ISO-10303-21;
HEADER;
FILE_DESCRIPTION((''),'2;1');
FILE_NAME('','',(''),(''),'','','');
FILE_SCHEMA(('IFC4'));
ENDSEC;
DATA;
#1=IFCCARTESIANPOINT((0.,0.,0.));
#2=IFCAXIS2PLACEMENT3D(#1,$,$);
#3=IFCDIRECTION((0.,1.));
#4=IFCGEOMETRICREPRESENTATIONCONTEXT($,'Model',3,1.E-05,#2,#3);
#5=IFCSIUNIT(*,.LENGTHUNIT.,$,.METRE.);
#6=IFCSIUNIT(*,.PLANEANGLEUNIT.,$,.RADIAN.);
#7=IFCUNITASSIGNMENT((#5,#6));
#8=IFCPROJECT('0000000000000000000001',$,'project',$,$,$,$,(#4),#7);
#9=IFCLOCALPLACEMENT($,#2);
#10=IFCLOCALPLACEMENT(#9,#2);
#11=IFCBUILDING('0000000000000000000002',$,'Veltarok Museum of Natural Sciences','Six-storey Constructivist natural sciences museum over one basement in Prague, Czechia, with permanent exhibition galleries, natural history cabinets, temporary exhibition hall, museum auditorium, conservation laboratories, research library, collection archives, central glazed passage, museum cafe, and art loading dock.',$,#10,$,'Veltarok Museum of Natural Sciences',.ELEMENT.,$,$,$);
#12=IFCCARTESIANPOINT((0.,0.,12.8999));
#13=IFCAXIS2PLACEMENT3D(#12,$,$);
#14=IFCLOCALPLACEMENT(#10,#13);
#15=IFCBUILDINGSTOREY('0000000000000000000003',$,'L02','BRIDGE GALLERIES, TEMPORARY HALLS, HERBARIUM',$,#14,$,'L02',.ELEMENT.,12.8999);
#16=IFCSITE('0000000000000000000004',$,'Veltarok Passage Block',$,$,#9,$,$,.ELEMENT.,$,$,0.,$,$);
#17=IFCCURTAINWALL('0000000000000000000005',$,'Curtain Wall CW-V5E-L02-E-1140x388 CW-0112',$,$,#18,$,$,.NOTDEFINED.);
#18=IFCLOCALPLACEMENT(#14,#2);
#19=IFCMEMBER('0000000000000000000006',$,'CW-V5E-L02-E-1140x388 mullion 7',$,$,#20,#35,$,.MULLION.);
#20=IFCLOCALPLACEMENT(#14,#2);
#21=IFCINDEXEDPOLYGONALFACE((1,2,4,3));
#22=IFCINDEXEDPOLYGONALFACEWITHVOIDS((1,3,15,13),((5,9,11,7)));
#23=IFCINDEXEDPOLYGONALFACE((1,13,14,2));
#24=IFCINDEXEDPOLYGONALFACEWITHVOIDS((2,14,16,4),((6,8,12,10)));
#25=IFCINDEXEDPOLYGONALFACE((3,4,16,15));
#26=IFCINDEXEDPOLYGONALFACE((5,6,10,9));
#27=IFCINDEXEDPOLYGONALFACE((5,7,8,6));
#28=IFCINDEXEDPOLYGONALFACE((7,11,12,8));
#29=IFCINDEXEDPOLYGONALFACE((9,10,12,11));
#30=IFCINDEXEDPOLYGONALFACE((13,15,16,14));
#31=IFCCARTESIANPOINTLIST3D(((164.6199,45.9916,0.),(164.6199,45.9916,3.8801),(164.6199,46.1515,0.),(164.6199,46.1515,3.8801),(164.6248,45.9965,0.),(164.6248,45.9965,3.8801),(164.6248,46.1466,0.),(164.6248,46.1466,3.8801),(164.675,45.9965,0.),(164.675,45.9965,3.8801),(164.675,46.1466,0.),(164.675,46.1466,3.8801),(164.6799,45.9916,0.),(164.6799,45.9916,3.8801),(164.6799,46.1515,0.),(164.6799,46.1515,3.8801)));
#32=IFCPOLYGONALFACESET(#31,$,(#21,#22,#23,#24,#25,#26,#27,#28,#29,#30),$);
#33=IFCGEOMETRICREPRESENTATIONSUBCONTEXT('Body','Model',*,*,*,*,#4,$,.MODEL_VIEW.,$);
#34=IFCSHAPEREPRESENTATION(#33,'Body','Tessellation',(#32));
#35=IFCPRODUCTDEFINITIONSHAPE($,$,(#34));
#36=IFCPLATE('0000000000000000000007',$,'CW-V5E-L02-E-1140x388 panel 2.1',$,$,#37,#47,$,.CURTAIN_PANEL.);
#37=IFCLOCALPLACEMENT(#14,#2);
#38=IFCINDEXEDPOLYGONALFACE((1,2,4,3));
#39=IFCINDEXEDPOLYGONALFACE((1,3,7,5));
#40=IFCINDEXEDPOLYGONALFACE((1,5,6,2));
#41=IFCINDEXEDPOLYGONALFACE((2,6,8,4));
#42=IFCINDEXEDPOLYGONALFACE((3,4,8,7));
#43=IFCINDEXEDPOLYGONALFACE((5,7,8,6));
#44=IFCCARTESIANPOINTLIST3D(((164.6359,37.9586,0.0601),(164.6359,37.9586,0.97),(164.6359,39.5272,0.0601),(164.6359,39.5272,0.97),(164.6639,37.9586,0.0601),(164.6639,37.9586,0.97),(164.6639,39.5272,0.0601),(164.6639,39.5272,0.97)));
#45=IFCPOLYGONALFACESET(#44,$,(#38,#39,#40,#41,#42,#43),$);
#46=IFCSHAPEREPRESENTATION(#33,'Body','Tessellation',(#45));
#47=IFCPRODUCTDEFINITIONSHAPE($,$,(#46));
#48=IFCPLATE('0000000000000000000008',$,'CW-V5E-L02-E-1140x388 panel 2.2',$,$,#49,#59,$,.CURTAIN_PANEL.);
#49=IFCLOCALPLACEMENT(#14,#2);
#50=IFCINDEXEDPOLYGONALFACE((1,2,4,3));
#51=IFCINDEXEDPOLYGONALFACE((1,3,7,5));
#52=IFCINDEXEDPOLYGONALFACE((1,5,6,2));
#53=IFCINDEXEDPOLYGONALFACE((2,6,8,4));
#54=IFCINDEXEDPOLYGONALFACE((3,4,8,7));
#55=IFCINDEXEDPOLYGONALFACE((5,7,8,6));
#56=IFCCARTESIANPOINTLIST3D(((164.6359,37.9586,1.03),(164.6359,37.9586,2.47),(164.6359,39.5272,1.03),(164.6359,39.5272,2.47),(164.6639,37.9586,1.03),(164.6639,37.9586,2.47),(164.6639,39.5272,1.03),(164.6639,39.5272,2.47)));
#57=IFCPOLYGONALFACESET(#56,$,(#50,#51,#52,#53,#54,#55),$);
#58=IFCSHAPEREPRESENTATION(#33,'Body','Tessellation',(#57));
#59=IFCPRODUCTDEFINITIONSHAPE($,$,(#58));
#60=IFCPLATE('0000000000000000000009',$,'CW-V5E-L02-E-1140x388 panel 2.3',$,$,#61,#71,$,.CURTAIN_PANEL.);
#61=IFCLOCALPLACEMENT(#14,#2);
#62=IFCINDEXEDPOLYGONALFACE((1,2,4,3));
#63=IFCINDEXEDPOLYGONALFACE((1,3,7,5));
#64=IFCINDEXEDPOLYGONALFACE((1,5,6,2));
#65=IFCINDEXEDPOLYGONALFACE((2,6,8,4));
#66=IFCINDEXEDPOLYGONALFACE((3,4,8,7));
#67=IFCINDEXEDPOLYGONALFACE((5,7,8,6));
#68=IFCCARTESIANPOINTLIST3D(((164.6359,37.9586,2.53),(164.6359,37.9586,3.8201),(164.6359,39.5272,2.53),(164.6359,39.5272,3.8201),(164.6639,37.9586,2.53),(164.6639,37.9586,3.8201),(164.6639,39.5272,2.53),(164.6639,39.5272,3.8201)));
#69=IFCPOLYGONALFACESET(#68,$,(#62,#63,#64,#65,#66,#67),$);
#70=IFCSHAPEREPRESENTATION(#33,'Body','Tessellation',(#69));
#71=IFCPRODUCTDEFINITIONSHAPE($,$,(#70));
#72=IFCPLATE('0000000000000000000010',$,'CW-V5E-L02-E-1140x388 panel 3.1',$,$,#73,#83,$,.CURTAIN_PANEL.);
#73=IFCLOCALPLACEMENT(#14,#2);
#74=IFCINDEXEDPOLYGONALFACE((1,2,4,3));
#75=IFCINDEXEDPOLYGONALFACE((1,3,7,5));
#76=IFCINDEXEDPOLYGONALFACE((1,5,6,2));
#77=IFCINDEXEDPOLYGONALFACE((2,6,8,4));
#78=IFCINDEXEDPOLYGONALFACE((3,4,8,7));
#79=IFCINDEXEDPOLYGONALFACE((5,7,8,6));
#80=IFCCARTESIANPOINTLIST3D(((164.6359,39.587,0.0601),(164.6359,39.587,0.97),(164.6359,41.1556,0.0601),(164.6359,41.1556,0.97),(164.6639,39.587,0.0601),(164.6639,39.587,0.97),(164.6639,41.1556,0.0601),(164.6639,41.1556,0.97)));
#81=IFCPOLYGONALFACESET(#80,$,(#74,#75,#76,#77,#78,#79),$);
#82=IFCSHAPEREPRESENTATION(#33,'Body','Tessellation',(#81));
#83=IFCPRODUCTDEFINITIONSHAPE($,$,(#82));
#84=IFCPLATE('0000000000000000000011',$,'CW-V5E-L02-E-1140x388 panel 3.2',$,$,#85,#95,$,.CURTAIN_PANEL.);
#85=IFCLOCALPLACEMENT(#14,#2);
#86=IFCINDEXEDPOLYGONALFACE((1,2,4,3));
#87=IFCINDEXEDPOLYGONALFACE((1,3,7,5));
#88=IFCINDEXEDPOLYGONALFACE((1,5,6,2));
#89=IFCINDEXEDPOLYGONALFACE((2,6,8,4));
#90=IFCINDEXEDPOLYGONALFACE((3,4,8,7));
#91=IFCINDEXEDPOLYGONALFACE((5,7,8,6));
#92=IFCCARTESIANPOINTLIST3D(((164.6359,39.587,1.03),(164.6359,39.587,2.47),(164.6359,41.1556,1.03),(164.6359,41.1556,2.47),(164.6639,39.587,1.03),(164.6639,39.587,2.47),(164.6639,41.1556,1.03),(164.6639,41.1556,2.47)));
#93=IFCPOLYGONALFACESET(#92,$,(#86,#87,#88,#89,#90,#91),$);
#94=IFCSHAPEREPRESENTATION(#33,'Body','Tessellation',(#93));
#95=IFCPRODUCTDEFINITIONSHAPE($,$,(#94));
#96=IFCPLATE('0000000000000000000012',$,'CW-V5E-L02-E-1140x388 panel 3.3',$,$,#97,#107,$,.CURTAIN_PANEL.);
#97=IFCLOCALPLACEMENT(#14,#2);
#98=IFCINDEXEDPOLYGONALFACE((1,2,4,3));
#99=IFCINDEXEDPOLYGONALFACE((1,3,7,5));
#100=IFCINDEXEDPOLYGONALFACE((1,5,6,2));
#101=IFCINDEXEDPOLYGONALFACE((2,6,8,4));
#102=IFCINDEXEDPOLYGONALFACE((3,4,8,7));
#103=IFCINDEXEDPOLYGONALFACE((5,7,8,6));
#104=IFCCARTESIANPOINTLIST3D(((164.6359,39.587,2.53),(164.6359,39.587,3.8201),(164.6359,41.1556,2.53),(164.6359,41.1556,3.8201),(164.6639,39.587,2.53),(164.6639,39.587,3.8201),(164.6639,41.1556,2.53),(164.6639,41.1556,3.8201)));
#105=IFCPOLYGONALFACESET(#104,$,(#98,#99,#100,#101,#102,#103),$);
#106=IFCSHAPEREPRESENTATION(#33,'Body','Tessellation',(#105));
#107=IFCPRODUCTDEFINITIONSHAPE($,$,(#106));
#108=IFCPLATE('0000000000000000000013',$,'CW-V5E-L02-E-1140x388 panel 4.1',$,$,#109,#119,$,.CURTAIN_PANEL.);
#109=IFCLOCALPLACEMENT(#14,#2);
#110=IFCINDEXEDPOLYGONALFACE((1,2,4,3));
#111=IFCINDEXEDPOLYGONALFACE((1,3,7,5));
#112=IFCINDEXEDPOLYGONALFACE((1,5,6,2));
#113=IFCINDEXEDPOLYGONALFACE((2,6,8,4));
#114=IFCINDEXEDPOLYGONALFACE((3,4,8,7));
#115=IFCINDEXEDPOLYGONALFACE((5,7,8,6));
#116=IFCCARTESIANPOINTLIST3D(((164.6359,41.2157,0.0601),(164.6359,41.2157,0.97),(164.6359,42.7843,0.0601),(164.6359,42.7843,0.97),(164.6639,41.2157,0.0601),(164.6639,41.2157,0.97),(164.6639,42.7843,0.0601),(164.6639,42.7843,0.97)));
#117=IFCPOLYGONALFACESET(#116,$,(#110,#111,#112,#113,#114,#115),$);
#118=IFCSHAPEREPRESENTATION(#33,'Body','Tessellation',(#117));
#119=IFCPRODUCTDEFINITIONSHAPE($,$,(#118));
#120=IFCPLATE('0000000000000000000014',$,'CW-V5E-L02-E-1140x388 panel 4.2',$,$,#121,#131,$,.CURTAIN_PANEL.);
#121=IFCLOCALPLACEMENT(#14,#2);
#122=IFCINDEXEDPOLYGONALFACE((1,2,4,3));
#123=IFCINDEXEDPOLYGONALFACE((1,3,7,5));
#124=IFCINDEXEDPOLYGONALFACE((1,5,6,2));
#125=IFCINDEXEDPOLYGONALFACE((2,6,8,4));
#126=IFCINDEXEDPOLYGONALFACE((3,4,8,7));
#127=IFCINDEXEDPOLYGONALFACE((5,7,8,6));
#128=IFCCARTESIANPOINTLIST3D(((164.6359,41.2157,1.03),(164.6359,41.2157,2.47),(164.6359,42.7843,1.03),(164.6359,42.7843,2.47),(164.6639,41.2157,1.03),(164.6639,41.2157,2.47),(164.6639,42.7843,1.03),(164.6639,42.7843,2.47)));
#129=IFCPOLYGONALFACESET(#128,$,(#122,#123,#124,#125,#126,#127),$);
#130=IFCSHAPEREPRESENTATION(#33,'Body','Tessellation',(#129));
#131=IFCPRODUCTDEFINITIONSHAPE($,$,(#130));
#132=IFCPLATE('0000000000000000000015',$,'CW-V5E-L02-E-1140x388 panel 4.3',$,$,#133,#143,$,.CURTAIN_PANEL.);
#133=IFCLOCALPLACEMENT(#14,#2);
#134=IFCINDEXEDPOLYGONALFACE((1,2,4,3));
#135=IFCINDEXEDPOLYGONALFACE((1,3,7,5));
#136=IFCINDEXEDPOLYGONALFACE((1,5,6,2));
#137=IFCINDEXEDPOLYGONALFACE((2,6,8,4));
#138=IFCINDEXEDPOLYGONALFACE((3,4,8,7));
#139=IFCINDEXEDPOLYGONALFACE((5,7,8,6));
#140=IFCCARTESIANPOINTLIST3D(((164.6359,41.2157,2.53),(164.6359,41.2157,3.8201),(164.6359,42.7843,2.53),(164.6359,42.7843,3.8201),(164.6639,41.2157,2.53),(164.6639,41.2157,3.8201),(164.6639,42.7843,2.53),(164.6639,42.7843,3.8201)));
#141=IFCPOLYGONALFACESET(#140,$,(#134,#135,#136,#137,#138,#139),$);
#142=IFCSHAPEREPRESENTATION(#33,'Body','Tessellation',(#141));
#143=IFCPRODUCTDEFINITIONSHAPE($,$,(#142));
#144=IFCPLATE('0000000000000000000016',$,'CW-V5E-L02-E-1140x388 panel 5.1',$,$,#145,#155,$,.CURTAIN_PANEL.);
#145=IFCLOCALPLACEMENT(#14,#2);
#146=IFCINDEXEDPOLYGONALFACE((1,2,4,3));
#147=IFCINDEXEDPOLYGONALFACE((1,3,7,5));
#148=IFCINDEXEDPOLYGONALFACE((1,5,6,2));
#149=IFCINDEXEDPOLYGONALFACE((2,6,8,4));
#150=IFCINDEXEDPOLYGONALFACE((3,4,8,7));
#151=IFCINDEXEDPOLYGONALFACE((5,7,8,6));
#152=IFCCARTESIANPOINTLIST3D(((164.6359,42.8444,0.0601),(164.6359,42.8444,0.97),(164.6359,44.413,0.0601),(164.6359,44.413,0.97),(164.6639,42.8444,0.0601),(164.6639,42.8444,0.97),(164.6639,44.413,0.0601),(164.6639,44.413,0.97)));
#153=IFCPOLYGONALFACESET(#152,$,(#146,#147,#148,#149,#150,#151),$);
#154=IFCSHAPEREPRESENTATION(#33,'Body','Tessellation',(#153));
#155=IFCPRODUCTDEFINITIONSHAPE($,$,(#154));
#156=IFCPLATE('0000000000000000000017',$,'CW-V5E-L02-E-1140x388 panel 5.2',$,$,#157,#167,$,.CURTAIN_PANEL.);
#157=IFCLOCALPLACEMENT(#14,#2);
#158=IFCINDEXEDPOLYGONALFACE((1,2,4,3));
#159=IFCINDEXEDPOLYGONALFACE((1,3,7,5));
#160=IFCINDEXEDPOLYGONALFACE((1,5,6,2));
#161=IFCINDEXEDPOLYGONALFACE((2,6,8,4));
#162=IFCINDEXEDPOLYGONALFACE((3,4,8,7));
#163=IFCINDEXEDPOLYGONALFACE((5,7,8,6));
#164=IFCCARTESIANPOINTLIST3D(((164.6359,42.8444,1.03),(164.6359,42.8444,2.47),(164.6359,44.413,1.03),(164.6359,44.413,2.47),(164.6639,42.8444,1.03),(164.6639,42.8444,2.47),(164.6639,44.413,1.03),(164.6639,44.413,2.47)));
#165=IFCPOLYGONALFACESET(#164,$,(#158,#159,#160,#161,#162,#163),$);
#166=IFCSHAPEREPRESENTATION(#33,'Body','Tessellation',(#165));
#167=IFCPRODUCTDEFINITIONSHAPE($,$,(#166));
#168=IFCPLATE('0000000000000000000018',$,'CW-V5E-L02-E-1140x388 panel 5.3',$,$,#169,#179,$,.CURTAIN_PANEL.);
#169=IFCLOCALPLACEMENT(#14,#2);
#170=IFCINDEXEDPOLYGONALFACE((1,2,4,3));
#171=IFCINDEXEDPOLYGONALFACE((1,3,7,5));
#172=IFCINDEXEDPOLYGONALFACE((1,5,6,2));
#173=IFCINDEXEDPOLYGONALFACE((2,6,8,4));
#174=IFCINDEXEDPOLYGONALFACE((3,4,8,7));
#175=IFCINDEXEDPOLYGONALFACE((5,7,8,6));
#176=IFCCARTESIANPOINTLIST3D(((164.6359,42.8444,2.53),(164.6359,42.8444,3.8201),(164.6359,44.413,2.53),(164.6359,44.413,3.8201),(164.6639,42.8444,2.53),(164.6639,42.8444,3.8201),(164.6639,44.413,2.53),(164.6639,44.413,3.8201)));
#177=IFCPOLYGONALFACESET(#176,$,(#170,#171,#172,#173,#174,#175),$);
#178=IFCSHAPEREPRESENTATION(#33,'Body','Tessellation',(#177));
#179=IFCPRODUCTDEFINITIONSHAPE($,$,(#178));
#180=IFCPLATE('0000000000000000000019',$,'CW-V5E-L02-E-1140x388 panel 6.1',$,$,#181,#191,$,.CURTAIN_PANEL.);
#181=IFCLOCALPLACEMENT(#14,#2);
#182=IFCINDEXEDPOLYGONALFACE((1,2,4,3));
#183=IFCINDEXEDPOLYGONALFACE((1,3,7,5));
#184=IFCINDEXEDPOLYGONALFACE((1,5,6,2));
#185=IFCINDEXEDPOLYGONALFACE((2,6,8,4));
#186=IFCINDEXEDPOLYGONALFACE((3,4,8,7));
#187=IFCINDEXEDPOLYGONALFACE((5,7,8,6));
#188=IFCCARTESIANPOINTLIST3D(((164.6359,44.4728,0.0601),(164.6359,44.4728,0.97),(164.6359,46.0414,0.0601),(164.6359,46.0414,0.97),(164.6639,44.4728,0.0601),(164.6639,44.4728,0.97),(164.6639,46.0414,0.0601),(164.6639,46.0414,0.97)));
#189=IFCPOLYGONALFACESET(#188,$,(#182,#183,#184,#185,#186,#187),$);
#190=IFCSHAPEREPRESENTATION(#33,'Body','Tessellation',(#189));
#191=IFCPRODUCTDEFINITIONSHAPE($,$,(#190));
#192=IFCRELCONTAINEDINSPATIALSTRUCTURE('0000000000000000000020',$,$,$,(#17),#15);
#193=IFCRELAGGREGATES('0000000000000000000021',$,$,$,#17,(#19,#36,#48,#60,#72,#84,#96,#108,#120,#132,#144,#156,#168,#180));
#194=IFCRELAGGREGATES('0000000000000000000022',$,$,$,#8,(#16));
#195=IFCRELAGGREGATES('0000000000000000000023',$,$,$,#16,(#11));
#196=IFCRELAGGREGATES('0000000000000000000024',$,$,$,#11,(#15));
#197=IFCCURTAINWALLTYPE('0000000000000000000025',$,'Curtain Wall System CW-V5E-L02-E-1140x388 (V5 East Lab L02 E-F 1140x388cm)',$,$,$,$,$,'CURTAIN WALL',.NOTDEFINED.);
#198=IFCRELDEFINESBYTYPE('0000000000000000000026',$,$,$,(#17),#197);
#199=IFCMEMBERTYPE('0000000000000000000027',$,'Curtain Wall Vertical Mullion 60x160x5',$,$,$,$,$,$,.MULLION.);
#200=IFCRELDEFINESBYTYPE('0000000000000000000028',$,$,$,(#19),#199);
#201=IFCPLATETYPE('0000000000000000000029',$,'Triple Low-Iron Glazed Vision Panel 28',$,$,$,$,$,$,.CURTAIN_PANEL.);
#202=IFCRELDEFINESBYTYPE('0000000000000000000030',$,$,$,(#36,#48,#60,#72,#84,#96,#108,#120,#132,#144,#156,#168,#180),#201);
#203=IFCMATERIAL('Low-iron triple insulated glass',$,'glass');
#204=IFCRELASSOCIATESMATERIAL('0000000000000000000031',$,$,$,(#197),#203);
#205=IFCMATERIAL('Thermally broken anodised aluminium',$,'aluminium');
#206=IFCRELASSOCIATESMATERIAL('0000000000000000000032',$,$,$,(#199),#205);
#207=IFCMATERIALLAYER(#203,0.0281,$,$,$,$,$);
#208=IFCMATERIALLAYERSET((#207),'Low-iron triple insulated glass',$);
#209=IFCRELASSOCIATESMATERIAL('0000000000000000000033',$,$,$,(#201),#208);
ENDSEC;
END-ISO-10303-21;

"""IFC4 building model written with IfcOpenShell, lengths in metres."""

from ifc_helpers import new_model, si_unit, direction, frame, origin, origin_2d, place, context, subcontext, project, spatial, rectangle, hollow_rectangle, extrude, material, layer, layer_set, material_profile, profile_set, type_object, element, aggregate, save


model = new_model("IFC4")

# Units and contexts
model_context = context("Model", 3, precision=1e-05, world=origin(), true_north=direction((0.0, 1.0)))
body_context = subcontext(model_context, "Body", "Model", "MODEL_VIEW")
ifc_project = project(units=[si_unit("LENGTHUNIT", "METRE"), si_unit("PLANEANGLEUNIT", "RADIAN")], contexts=[model_context])

# Site, building, storey
site_placement = place(None, origin())
site = spatial("IfcSite", under=ifc_project, at=site_placement, Name="Veltarok Passage Block", CompositionType="ELEMENT", RefElevation=0.0)
building_placement = place(site_placement, origin())
building = spatial("IfcBuilding", under=site, at=building_placement, Name="Veltarok Museum of Natural Sciences", Description="Six-storey Constructivist natural sciences museum over one basement in Prague, Czechia, with permanent exhibition galleries, natural history cabinets, temporary exhibition hall, museum auditorium, conservation laboratories, research library, collection archives, central glazed passage, museum cafe, and art loading dock.", LongName="Veltarok Museum of Natural Sciences", CompositionType="ELEMENT")
storey_placement = place(building_placement, frame((0.0, 0.0, 12.8999)))
storey = spatial("IfcBuildingStorey", under=building, at=storey_placement, Name="L02", Description="BRIDGE GALLERIES, TEMPORARY HALLS, HERBARIUM", LongName="L02", CompositionType="ELEMENT", Elevation=12.8999)

# Curtain wall, member, plates
ifc_material_1 = material(Name="Low-iron triple insulated glass", Category="glass")
curtain_wall_type = type_object("IfcCurtainWallType", Name="Curtain Wall System CW-V5E-L02-E-1140x388 (V5 East Lab L02 E-F 1140x388cm)", ElementType="CURTAIN WALL", PredefinedType="NOTDEFINED", material=ifc_material_1)
curtain_wall_placement = place(storey_placement, origin())
curtain_wall = element("IfcCurtainWall", 1, at=curtain_wall_placement, inside=storey, type_object=curtain_wall_type, Name="Curtain Wall CW-V5E-L02-E-1140x388 CW-0112", PredefinedType="NOTDEFINED")
ifc_material_2 = material(Name="Thermally broken anodised aluminium", Category="aluminium")
ifc_material_profile_1 = material_profile(ifc_material_2, hollow_rectangle(XDim=0.0601, YDim=0.1599, WallThickness=0.0049, at=origin_2d()), Name="CW MULLION 60x160x5")
ifc_profile_set_1 = profile_set([ifc_material_profile_1], Name="Thermally broken anodised aluminium")
member_type_1 = type_object("IfcMemberType", Name="Curtain Wall Vertical Mullion 60x160x5", PredefinedType="MULLION", material=ifc_profile_set_1)
member_1_placement = place(storey_placement, frame((164.6499, 46.0715, 0.0), z_axis=(0.0, 0.0, 1.0), x_axis=(-1.0, 0.0, 0.0)))
member_1 = element("IfcMember", 2, at=member_1_placement, type_object=member_type_1, Name="CW-V5E-L02-E-1140x388 mullion 7", PredefinedType="MULLION", context=body_context, shape_type="SweptSolid", body=[
    extrude(hollow_rectangle(XDim=0.0601, YDim=0.1599, WallThickness=0.0049, at=origin_2d()), origin(), (0.0, 0.0, 1.0), 3.8801),
])
ifc_layer = layer(ifc_material_1, 0.0281)
ifc_layer_set = layer_set([ifc_layer], Name="Low-iron triple insulated glass")
plate_type = type_object("IfcPlateType", Name="Triple Low-Iron Glazed Vision Panel 28", PredefinedType="CURTAIN_PANEL", material=ifc_layer_set)
plate_1_placement = place(storey_placement, frame((164.6499, 38.7429, 0.0601), z_axis=(0.0, 0.0, 1.0), x_axis=(0.0, 1.0, 0.0)))
plate_1 = element("IfcPlate", 3, at=plate_1_placement, type_object=plate_type, Name="CW-V5E-L02-E-1140x388 panel 2.1", PredefinedType="CURTAIN_PANEL", context=body_context, shape_type="SweptSolid", body=[
    extrude(rectangle(XDim=1.5686, YDim=0.0281, at=origin_2d()), origin(), (0.0, 0.0, 1.0), 0.9099),
])
plate_2_placement = place(storey_placement, frame((164.6499, 38.7429, 1.03), z_axis=(0.0, 0.0, 1.0), x_axis=(0.0, 1.0, 0.0)))
plate_2 = element("IfcPlate", 4, at=plate_2_placement, type_object=plate_type, Name="CW-V5E-L02-E-1140x388 panel 2.2", PredefinedType="CURTAIN_PANEL", context=body_context, shape_type="SweptSolid", body=[
    extrude(rectangle(XDim=1.5686, YDim=0.0281, at=origin_2d()), origin(), (0.0, 0.0, 1.0), 1.4399),
])
plate_3_placement = place(storey_placement, frame((164.6499, 38.7429, 2.53), z_axis=(0.0, 0.0, 1.0), x_axis=(0.0, 1.0, 0.0)))
plate_3 = element("IfcPlate", 5, at=plate_3_placement, type_object=plate_type, Name="CW-V5E-L02-E-1140x388 panel 2.3", PredefinedType="CURTAIN_PANEL", context=body_context, shape_type="SweptSolid", body=[
    extrude(rectangle(XDim=1.5686, YDim=0.0281, at=origin_2d()), origin(), (0.0, 0.0, 1.0), 1.29),
])
plate_4_placement = place(storey_placement, frame((164.6499, 40.3713, 0.0601), z_axis=(0.0, 0.0, 1.0), x_axis=(0.0, 1.0, 0.0)))
plate_4 = element("IfcPlate", 6, at=plate_4_placement, type_object=plate_type, Name="CW-V5E-L02-E-1140x388 panel 3.1", PredefinedType="CURTAIN_PANEL", context=body_context, shape_type="SweptSolid", body=[
    extrude(rectangle(XDim=1.5686, YDim=0.0281, at=origin_2d()), origin(), (0.0, 0.0, 1.0), 0.9099),
])
plate_5_placement = place(storey_placement, frame((164.6499, 40.3713, 1.03), z_axis=(0.0, 0.0, 1.0), x_axis=(0.0, 1.0, 0.0)))
plate_5 = element("IfcPlate", 7, at=plate_5_placement, type_object=plate_type, Name="CW-V5E-L02-E-1140x388 panel 3.2", PredefinedType="CURTAIN_PANEL", context=body_context, shape_type="SweptSolid", body=[
    extrude(rectangle(XDim=1.5686, YDim=0.0281, at=origin_2d()), origin(), (0.0, 0.0, 1.0), 1.4399),
])
plate_6_placement = place(storey_placement, frame((164.6499, 40.3713, 2.53), z_axis=(0.0, 0.0, 1.0), x_axis=(0.0, 1.0, 0.0)))
plate_6 = element("IfcPlate", 8, at=plate_6_placement, type_object=plate_type, Name="CW-V5E-L02-E-1140x388 panel 3.3", PredefinedType="CURTAIN_PANEL", context=body_context, shape_type="SweptSolid", body=[
    extrude(rectangle(XDim=1.5686, YDim=0.0281, at=origin_2d()), origin(), (0.0, 0.0, 1.0), 1.29),
])
plate_7_placement = place(storey_placement, frame((164.6499, 42.0, 0.0601), z_axis=(0.0, 0.0, 1.0), x_axis=(0.0, 1.0, 0.0)))
plate_7 = element("IfcPlate", 9, at=plate_7_placement, type_object=plate_type, Name="CW-V5E-L02-E-1140x388 panel 4.1", PredefinedType="CURTAIN_PANEL", context=body_context, shape_type="SweptSolid", body=[
    extrude(rectangle(XDim=1.5686, YDim=0.0281, at=origin_2d()), origin(), (0.0, 0.0, 1.0), 0.9099),
])
plate_8_placement = place(storey_placement, frame((164.6499, 42.0, 1.03), z_axis=(0.0, 0.0, 1.0), x_axis=(0.0, 1.0, 0.0)))
plate_8 = element("IfcPlate", 10, at=plate_8_placement, type_object=plate_type, Name="CW-V5E-L02-E-1140x388 panel 4.2", PredefinedType="CURTAIN_PANEL", context=body_context, shape_type="SweptSolid", body=[
    extrude(rectangle(XDim=1.5686, YDim=0.0281, at=origin_2d()), origin(), (0.0, 0.0, 1.0), 1.4399),
])
plate_9_placement = place(storey_placement, frame((164.6499, 42.0, 2.53), z_axis=(0.0, 0.0, 1.0), x_axis=(0.0, 1.0, 0.0)))
plate_9 = element("IfcPlate", 11, at=plate_9_placement, type_object=plate_type, Name="CW-V5E-L02-E-1140x388 panel 4.3", PredefinedType="CURTAIN_PANEL", context=body_context, shape_type="SweptSolid", body=[
    extrude(rectangle(XDim=1.5686, YDim=0.0281, at=origin_2d()), origin(), (0.0, 0.0, 1.0), 1.29),
])
plate_10_placement = place(storey_placement, frame((164.6499, 43.6287, 0.0601), z_axis=(0.0, 0.0, 1.0), x_axis=(0.0, 1.0, 0.0)))
plate_10 = element("IfcPlate", 12, at=plate_10_placement, type_object=plate_type, Name="CW-V5E-L02-E-1140x388 panel 5.1", PredefinedType="CURTAIN_PANEL", context=body_context, shape_type="SweptSolid", body=[
    extrude(rectangle(XDim=1.5686, YDim=0.0281, at=origin_2d()), origin(), (0.0, 0.0, 1.0), 0.9099),
])
plate_11_placement = place(storey_placement, frame((164.6499, 43.6287, 1.03), z_axis=(0.0, 0.0, 1.0), x_axis=(0.0, 1.0, 0.0)))
plate_11 = element("IfcPlate", 13, at=plate_11_placement, type_object=plate_type, Name="CW-V5E-L02-E-1140x388 panel 5.2", PredefinedType="CURTAIN_PANEL", context=body_context, shape_type="SweptSolid", body=[
    extrude(rectangle(XDim=1.5686, YDim=0.0281, at=origin_2d()), origin(), (0.0, 0.0, 1.0), 1.4399),
])
plate_12_placement = place(storey_placement, frame((164.6499, 43.6287, 2.53), z_axis=(0.0, 0.0, 1.0), x_axis=(0.0, 1.0, 0.0)))
plate_12 = element("IfcPlate", 14, at=plate_12_placement, type_object=plate_type, Name="CW-V5E-L02-E-1140x388 panel 5.3", PredefinedType="CURTAIN_PANEL", context=body_context, shape_type="SweptSolid", body=[
    extrude(rectangle(XDim=1.5686, YDim=0.0281, at=origin_2d()), origin(), (0.0, 0.0, 1.0), 1.29),
])
plate_13_placement = place(storey_placement, frame((164.6499, 45.2571, 0.0601), z_axis=(0.0, 0.0, 1.0), x_axis=(0.0, 1.0, 0.0)))
plate_13 = element("IfcPlate", 15, at=plate_13_placement, type_object=plate_type, Name="CW-V5E-L02-E-1140x388 panel 6.1", PredefinedType="CURTAIN_PANEL", context=body_context, shape_type="SweptSolid", body=[
    extrude(rectangle(XDim=1.5686, YDim=0.0281, at=origin_2d()), origin(), (0.0, 0.0, 1.0), 0.9099),
])
aggregate(curtain_wall, [member_1, plate_1, plate_2, plate_3, plate_4, plate_5, plate_6, plate_7, plate_8, plate_9, plate_10, plate_11, plate_12, plate_13])

save(model, "model.ifc")
